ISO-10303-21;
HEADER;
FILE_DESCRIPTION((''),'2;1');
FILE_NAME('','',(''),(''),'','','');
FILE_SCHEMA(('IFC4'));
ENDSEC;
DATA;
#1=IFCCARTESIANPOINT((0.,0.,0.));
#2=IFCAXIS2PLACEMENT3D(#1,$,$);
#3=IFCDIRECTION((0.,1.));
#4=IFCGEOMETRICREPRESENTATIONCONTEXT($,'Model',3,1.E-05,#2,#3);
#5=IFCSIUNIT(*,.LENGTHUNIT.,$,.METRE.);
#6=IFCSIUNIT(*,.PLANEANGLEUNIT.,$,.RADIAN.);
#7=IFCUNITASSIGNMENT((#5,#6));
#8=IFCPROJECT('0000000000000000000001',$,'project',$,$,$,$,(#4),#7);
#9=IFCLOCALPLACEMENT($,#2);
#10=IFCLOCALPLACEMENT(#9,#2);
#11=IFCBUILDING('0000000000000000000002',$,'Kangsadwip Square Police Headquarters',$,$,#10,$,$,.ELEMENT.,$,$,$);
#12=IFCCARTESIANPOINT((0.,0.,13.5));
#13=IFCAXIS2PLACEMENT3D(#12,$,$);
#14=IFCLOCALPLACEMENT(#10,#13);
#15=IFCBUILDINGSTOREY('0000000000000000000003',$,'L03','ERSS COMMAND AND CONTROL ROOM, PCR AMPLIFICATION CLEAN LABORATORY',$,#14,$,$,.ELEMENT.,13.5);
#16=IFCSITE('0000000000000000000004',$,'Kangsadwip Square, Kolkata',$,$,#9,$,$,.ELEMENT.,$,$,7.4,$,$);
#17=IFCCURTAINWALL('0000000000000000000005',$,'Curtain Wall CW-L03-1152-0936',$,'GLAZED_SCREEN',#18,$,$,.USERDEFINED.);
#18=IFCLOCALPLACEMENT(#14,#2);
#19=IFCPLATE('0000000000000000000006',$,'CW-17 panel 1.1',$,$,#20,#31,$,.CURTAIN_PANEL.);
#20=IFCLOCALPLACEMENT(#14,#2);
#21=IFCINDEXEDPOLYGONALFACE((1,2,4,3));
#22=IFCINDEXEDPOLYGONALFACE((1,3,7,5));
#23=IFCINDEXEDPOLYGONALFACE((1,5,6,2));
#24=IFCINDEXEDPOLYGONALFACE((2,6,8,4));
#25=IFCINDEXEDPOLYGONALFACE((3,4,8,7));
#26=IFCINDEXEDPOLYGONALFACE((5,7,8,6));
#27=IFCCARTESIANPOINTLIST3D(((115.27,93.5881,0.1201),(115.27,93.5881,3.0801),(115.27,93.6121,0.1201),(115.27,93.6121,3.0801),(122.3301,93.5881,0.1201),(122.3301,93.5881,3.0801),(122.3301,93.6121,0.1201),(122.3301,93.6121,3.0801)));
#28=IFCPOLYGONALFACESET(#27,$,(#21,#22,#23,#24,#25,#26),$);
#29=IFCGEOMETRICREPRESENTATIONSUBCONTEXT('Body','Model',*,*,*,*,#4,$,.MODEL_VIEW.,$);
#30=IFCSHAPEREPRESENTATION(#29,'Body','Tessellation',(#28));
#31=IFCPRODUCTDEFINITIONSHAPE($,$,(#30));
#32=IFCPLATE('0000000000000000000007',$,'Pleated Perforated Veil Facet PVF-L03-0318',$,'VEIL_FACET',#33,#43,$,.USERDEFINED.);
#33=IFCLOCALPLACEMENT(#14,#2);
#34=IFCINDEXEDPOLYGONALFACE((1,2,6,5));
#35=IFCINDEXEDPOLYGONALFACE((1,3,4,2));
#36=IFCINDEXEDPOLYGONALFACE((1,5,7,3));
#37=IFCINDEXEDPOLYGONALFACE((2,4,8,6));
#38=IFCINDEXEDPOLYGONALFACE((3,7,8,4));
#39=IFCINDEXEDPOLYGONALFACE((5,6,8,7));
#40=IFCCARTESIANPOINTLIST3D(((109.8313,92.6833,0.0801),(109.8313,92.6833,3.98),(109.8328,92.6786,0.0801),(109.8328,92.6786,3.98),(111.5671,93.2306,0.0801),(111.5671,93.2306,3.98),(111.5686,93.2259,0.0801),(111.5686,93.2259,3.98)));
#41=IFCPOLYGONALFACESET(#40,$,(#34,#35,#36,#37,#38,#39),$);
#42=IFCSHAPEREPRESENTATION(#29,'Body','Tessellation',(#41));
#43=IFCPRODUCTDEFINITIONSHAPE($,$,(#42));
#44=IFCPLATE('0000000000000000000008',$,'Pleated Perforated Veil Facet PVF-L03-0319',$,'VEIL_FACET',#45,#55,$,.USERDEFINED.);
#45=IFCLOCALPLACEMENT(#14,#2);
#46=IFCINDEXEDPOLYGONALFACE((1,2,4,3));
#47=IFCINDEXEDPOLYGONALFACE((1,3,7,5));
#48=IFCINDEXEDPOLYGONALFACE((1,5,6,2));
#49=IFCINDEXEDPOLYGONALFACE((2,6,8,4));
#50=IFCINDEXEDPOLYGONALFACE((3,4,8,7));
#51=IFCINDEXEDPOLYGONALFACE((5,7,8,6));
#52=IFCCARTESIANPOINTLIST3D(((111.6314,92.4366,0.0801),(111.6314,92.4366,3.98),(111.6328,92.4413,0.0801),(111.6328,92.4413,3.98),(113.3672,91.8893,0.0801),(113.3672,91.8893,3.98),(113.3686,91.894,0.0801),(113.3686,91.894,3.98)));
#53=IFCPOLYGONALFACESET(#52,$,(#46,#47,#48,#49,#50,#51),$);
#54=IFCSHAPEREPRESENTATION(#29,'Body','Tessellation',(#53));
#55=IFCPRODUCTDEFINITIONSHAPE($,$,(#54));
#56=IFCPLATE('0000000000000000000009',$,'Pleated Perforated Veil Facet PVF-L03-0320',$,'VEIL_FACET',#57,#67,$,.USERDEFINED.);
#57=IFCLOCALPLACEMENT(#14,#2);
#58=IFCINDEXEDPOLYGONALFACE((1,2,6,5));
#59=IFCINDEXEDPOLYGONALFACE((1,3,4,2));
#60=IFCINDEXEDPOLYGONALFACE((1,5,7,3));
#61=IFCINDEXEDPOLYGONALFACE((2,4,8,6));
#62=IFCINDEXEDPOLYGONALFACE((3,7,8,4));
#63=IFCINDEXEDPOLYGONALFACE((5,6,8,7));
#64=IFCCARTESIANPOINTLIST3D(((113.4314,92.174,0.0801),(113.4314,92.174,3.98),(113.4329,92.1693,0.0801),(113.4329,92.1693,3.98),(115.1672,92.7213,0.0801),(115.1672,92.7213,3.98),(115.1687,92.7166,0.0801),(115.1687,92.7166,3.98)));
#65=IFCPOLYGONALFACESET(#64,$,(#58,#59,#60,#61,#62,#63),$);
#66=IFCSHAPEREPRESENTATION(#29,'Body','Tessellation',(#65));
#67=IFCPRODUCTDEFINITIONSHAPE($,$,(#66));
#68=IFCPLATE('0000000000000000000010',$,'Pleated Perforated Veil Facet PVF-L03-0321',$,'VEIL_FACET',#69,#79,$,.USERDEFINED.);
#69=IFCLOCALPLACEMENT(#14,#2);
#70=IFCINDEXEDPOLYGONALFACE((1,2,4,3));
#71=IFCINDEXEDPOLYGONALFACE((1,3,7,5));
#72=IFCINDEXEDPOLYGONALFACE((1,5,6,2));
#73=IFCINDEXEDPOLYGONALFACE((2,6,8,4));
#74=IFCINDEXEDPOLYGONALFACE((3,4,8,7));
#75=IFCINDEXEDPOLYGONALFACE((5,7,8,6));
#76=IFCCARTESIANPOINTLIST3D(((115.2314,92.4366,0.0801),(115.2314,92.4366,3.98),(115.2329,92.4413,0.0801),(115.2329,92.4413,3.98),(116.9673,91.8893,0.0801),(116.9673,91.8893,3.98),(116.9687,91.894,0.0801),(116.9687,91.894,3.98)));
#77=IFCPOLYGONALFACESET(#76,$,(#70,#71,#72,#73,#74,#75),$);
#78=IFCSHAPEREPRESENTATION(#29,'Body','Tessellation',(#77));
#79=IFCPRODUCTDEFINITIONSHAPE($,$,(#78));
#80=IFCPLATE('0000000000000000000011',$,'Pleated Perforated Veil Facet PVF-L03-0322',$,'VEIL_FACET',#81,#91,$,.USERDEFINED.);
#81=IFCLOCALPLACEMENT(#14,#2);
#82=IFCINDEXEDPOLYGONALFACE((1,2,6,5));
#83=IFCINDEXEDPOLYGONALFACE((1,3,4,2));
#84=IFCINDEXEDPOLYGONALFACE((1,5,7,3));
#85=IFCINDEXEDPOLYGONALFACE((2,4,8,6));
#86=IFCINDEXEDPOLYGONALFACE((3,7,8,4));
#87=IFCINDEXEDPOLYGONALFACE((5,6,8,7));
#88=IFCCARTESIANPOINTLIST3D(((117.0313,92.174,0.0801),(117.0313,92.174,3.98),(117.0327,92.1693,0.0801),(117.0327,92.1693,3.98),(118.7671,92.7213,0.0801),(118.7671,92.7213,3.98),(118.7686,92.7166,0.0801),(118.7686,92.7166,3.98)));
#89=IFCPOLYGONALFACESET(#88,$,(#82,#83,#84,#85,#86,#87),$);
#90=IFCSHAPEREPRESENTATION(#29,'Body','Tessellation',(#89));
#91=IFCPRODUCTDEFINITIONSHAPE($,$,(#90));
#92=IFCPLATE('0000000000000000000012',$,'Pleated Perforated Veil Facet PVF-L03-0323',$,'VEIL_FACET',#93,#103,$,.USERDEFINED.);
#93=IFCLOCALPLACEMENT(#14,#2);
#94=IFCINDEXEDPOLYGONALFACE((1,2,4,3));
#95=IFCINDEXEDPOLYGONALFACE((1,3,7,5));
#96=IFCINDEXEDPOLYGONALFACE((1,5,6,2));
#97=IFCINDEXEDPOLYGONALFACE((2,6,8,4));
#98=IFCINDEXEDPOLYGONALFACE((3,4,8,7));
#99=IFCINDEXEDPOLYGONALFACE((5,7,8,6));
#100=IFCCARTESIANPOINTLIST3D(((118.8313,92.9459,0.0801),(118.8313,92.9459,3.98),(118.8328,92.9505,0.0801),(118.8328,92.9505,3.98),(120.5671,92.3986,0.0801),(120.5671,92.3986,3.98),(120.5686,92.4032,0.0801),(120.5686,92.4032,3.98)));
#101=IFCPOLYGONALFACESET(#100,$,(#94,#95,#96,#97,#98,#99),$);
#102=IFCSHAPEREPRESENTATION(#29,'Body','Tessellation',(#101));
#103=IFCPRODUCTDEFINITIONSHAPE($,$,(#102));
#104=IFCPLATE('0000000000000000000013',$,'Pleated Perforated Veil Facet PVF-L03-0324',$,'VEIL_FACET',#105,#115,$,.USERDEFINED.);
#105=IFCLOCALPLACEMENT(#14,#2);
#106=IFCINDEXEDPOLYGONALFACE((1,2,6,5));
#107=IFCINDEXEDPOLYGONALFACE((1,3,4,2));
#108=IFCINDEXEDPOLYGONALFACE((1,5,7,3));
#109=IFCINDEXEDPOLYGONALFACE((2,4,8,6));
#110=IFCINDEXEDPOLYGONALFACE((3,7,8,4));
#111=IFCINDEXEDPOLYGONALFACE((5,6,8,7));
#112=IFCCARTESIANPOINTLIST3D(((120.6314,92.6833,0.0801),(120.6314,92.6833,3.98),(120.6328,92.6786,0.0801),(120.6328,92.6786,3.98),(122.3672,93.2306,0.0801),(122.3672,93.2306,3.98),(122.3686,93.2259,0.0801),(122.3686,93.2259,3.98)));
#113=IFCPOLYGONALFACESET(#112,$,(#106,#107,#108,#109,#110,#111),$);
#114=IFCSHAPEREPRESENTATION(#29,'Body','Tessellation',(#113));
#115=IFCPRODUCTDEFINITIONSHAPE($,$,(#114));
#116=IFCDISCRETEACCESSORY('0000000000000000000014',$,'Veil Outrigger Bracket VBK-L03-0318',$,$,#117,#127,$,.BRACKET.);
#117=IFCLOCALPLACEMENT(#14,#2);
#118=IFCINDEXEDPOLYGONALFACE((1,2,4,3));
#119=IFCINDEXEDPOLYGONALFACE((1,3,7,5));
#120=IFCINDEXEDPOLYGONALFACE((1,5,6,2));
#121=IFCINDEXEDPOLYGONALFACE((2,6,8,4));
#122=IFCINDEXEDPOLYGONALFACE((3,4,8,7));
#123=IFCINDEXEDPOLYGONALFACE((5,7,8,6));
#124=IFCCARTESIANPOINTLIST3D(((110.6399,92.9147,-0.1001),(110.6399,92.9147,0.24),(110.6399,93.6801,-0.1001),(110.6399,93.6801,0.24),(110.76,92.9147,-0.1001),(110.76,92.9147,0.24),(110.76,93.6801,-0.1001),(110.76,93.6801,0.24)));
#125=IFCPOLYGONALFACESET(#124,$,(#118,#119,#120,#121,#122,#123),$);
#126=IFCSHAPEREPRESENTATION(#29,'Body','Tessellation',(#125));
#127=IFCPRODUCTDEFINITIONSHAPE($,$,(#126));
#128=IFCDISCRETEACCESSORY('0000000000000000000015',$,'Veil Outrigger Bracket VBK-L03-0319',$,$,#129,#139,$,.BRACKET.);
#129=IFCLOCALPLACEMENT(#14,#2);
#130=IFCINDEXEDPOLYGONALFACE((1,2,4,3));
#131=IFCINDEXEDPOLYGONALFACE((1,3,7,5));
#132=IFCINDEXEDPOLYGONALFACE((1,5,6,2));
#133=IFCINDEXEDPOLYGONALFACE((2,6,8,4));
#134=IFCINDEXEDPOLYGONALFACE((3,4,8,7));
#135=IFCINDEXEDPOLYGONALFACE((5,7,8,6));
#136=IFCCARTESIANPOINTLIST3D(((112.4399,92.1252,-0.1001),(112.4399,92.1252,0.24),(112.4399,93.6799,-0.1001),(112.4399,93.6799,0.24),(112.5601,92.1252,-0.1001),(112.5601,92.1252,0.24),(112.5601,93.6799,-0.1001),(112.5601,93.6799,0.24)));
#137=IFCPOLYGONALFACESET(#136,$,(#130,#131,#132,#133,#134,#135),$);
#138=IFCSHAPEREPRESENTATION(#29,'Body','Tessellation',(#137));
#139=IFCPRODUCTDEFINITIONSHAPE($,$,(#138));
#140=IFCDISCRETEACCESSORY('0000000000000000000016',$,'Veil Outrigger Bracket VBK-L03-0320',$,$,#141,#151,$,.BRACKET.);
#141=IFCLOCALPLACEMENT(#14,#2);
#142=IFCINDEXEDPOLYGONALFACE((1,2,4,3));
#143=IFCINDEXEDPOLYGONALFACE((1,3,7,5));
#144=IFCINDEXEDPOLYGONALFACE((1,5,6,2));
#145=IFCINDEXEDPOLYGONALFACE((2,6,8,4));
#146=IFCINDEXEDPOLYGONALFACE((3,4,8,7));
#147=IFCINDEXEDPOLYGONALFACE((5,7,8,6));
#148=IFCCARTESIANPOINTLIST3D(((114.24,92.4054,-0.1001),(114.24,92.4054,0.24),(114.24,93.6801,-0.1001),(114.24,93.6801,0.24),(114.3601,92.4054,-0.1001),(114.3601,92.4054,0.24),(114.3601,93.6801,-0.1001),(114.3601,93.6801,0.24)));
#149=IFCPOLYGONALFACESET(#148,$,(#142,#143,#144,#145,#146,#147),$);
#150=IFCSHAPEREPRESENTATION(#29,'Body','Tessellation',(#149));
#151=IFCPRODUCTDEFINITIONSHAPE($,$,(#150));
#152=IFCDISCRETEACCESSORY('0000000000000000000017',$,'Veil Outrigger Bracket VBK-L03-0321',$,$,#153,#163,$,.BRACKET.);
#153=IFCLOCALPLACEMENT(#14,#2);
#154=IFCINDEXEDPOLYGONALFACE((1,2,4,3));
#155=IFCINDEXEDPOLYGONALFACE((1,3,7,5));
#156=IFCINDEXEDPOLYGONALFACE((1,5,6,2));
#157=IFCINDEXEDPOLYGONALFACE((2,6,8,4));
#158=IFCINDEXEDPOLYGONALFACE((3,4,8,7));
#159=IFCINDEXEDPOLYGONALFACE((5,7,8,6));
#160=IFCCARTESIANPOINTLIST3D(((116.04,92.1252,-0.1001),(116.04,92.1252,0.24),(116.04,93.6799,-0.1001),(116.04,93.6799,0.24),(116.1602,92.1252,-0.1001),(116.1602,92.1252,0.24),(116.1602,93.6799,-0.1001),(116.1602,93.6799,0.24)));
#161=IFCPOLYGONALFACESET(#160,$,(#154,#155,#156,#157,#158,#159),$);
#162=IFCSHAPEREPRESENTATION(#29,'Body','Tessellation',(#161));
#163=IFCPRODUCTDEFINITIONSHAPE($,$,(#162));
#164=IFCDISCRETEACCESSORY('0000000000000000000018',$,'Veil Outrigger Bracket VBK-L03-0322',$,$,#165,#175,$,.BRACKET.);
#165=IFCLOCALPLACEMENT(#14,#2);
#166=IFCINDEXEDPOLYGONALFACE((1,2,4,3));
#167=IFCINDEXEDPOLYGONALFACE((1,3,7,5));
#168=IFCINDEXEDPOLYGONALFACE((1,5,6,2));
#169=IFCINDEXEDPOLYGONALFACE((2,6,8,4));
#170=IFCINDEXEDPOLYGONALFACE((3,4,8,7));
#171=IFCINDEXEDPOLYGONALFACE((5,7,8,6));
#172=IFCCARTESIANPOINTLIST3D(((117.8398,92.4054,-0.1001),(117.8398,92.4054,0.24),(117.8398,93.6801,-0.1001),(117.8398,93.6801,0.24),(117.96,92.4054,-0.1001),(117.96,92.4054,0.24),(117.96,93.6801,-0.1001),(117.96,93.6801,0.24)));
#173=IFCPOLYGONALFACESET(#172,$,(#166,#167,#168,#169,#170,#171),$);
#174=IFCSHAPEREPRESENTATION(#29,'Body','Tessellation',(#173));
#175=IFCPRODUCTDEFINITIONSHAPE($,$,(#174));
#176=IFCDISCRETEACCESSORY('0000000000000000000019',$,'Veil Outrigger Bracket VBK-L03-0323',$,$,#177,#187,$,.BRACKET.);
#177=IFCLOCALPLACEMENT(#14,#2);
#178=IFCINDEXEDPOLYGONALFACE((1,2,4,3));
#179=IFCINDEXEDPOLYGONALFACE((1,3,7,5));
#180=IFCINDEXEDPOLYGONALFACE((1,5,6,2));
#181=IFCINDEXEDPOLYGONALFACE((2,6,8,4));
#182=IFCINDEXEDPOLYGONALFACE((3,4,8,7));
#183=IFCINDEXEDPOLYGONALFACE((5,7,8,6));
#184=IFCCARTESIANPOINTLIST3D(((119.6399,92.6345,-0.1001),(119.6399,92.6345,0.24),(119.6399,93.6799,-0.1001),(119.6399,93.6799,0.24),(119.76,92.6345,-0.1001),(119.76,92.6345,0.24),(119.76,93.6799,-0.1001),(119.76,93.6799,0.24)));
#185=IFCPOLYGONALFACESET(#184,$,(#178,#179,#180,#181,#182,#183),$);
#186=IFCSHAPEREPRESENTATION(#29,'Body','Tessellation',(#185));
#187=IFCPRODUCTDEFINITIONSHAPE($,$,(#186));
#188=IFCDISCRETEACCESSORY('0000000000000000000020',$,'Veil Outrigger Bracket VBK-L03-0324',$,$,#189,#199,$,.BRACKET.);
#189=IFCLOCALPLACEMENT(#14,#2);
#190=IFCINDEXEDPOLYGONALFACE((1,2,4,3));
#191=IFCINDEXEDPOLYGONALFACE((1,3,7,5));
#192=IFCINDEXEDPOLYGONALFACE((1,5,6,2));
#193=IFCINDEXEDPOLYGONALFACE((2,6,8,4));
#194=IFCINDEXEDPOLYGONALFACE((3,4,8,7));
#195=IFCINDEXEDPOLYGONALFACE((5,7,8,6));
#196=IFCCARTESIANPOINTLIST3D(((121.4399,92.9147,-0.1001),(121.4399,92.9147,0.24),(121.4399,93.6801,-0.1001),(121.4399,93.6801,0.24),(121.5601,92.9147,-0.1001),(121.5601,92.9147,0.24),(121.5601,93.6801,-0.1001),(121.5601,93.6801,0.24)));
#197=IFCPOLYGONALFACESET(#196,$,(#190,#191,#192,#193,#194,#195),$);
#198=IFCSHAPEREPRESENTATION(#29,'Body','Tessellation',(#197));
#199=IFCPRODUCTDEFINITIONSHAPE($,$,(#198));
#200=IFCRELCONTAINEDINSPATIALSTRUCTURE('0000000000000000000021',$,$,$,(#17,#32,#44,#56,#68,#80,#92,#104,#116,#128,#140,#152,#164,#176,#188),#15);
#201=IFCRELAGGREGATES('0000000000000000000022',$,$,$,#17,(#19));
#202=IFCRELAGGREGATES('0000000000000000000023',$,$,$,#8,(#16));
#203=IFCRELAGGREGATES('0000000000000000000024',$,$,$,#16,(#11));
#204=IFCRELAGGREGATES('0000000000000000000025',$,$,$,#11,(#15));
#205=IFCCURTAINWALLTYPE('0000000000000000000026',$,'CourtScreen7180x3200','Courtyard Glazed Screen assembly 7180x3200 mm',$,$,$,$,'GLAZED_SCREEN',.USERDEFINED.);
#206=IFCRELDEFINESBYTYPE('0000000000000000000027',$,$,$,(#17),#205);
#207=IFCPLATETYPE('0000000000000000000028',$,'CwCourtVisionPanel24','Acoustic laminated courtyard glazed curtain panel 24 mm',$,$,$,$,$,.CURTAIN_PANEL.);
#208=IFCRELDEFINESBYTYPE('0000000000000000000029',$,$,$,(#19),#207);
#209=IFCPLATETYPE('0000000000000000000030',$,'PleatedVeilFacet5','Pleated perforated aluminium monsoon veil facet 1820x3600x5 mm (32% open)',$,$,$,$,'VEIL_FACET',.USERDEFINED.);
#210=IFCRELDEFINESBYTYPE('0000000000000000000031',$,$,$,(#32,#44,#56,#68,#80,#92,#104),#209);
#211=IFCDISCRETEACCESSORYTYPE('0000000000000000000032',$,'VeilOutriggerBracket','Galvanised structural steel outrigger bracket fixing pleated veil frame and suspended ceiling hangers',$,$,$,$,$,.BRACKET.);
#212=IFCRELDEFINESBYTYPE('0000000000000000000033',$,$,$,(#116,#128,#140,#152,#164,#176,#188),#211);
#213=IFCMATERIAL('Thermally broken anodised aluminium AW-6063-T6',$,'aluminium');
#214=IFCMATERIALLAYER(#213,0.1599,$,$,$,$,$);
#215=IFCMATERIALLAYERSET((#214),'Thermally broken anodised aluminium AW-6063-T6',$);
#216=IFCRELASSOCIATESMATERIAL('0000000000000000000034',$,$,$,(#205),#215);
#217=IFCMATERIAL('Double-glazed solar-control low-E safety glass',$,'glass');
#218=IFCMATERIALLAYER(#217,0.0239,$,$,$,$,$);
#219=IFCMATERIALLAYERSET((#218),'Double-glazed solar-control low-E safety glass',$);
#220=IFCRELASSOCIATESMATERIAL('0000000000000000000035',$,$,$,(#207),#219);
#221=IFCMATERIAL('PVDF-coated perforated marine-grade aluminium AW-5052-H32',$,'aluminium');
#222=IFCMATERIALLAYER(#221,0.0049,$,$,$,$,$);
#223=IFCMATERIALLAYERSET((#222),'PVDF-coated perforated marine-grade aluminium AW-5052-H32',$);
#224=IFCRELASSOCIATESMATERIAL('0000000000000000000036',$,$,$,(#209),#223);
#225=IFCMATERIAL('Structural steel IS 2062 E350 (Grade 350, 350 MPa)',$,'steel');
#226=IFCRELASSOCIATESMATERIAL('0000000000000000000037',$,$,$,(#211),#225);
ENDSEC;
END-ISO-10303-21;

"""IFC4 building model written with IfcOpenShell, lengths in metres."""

from ifc_helpers import new_model, si_unit, direction, frame, origin, origin_2d, place, context, subcontext, project, spatial, rectangle, extrude, material, layer, layer_set, type_object, element, aggregate, save


model = new_model("IFC4")

# Units and contexts
model_context = context("Model", 3, precision=1e-05, world=origin(), true_north=direction((0.0, 1.0)))
body_context = subcontext(model_context, "Body", "Model", "MODEL_VIEW")
ifc_project = project(units=[si_unit("LENGTHUNIT", "METRE"), si_unit("PLANEANGLEUNIT", "RADIAN")], contexts=[model_context])

# Site, building, storey
site_placement = place(None, origin())
site = spatial("IfcSite", under=ifc_project, at=site_placement, Name="Kangsadwip Square, Kolkata", CompositionType="ELEMENT", RefElevation=7.4)
building_placement = place(site_placement, origin())
building = spatial("IfcBuilding", under=site, at=building_placement, Name="Kangsadwip Square Police Headquarters", CompositionType="ELEMENT")
storey_placement = place(building_placement, frame((0.0, 0.0, 13.5)))
storey = spatial("IfcBuildingStorey", under=building, at=storey_placement, Name="L03", Description="ERSS COMMAND AND CONTROL ROOM, PCR AMPLIFICATION CLEAN LABORATORY", CompositionType="ELEMENT", Elevation=13.5)

# Shared definitions
ifc_material_1 = material(Name="Thermally broken anodised aluminium AW-6063-T6", Category="aluminium")
ifc_layer_1 = layer(ifc_material_1, 0.1599)
ifc_layer_set_1 = layer_set([ifc_layer_1], Name="Thermally broken anodised aluminium AW-6063-T6")
curtain_wall_type = type_object("IfcCurtainWallType", Name="CourtScreen7180x3200", Description="Courtyard Glazed Screen assembly 7180x3200 mm", ElementType="GLAZED_SCREEN", PredefinedType="USERDEFINED", material=ifc_layer_set_1)

# Curtain wall
curtain_wall_1_placement = place(storey_placement, origin())
curtain_wall_1 = element("IfcCurtainWall", 1, at=curtain_wall_1_placement, inside=storey, type_object=curtain_wall_type, Name="Curtain Wall CW-L03-1152-0936", ObjectType="GLAZED_SCREEN", PredefinedType="USERDEFINED")

# Plate
ifc_material_2 = material(Name="Double-glazed solar-control low-E safety glass", Category="glass")
ifc_layer_2 = layer(ifc_material_2, 0.0239)
ifc_layer_set_2 = layer_set([ifc_layer_2], Name="Double-glazed solar-control low-E safety glass")
plate_type_1 = type_object("IfcPlateType", Name="CwCourtVisionPanel24", Description="Acoustic laminated courtyard glazed curtain panel 24 mm", PredefinedType="CURTAIN_PANEL", material=ifc_layer_set_2)
plate_1_placement = place(storey_placement, frame((118.8, 93.6001, 0.1201), z_axis=(0.0, 0.0, 1.0), x_axis=(1.0, 0.0, 0.0)))
plate_1 = element("IfcPlate", 2, at=plate_1_placement, type_object=plate_type_1, Name="CW-17 panel 1.1", PredefinedType="CURTAIN_PANEL", context=body_context, shape_type="SweptSolid", body=[
    extrude(rectangle(XDim=7.0601, YDim=0.0239, at=origin_2d()), origin(), (0.0, 0.0, 1.0), 2.96),
])
aggregate(curtain_wall_1, [plate_1])

# Plates
ifc_material_3 = material(Name="PVDF-coated perforated marine-grade aluminium AW-5052-H32", Category="aluminium")
ifc_layer_3 = layer(ifc_material_3, 0.0049)
ifc_layer_set_3 = layer_set([ifc_layer_3], Name="PVDF-coated perforated marine-grade aluminium AW-5052-H32")
plate_type_2 = type_object("IfcPlateType", Name="PleatedVeilFacet5", Description="Pleated perforated aluminium monsoon veil facet 1820x3600x5 mm (32% open)", ElementType="VEIL_FACET", PredefinedType="USERDEFINED", material=ifc_layer_set_3)
for number, where, z_axis, x_axis, name in (
    (3, (110.7, 92.9546, 0.0801), (0.0, 0.0, 1.0), (0.953717, 0.300706, 0.0), "Pleated Perforated Veil Facet PVF-L03-0318"),
    (4, (112.5, 92.1653, 0.0801), (0.0, 0.0, 1.0), (0.953717, -0.300706, 0.0), "Pleated Perforated Veil Facet PVF-L03-0319"),
    (5, (114.3, 92.4453, 0.0801), (0.0, 0.0, 1.0), (0.953717, 0.300706, 0.0), "Pleated Perforated Veil Facet PVF-L03-0320"),
    (6, (116.1001, 92.1653, 0.0801), (0.0, 0.0, 1.0), (0.953717, -0.300706, 0.0), "Pleated Perforated Veil Facet PVF-L03-0321"),
    (7, (117.8999, 92.4453, 0.0801), (0.0, 0.0, 1.0), (0.953717, 0.300706, 0.0), "Pleated Perforated Veil Facet PVF-L03-0322"),
    (8, (119.7, 92.6746, 0.0801), (0.0, 0.0, 1.0), (0.953717, -0.300706, 0.0), "Pleated Perforated Veil Facet PVF-L03-0323"),
    (9, (121.5, 92.9546, 0.0801), (0.0, 0.0, 1.0), (0.953717, 0.300706, 0.0), "Pleated Perforated Veil Facet PVF-L03-0324"),
):
    element("IfcPlate", number, at=place(storey_placement, frame(where, z_axis=z_axis, x_axis=x_axis)), inside=storey, type_object=plate_type_2, Name=name, ObjectType="VEIL_FACET", PredefinedType="USERDEFINED", context=body_context, shape_type="SweptSolid", body=[
        extrude(rectangle(XDim=1.8201, YDim=0.0049, at=origin_2d()), origin(), (0.0, 0.0, 1.0), 3.8999),
    ])

# Discrete accessories
ifc_material_4 = material(Name="Structural steel IS 2062 E350 (Grade 350, 350 MPa)", Category="steel")
discrete_accessory_type = type_object("IfcDiscreteAccessoryType", Name="VeilOutriggerBracket", Description="Galvanised structural steel outrigger bracket fixing pleated veil frame and suspended ceiling hangers", PredefinedType="BRACKET", material=ifc_material_4)
discrete_accessory_1_placement = place(storey_placement, frame((110.7, 93.2974, -0.1001), z_axis=(0.0, 0.0, 1.0), x_axis=(1.0, 0.0, 0.0)))
element("IfcDiscreteAccessory", 10, at=discrete_accessory_1_placement, inside=storey, type_object=discrete_accessory_type, Name="Veil Outrigger Bracket VBK-L03-0318", PredefinedType="BRACKET", context=body_context, shape_type="SweptSolid", body=[
    extrude(rectangle(XDim=0.1201, YDim=0.7654, at=origin_2d()), origin(), (0.0, 0.0, 1.0), 0.3401),
])
discrete_accessory_2_placement = place(storey_placement, frame((112.5, 92.9026, -0.1001), z_axis=(0.0, 0.0, 1.0), x_axis=(1.0, 0.0, 0.0)))
element("IfcDiscreteAccessory", 11, at=discrete_accessory_2_placement, inside=storey, type_object=discrete_accessory_type, Name="Veil Outrigger Bracket VBK-L03-0319", PredefinedType="BRACKET", context=body_context, shape_type="SweptSolid", body=[
    extrude(rectangle(XDim=0.1201, YDim=1.5547, at=origin_2d()), origin(), (0.0, 0.0, 1.0), 0.3401),
])
discrete_accessory_3_placement = place(storey_placement, frame((114.3, 93.0427, -0.1001), z_axis=(0.0, 0.0, 1.0), x_axis=(1.0, 0.0, 0.0)))
element("IfcDiscreteAccessory", 12, at=discrete_accessory_3_placement, inside=storey, type_object=discrete_accessory_type, Name="Veil Outrigger Bracket VBK-L03-0320", PredefinedType="BRACKET", context=body_context, shape_type="SweptSolid", body=[
    extrude(rectangle(XDim=0.1201, YDim=1.2747, at=origin_2d()), origin(), (0.0, 0.0, 1.0), 0.3401),
])
discrete_accessory_4_placement = place(storey_placement, frame((116.1001, 92.9026, -0.1001), z_axis=(0.0, 0.0, 1.0), x_axis=(1.0, 0.0, 0.0)))
element("IfcDiscreteAccessory", 13, at=discrete_accessory_4_placement, inside=storey, type_object=discrete_accessory_type, Name="Veil Outrigger Bracket VBK-L03-0321", PredefinedType="BRACKET", context=body_context, shape_type="SweptSolid", body=[
    extrude(rectangle(XDim=0.1201, YDim=1.5547, at=origin_2d()), origin(), (0.0, 0.0, 1.0), 0.3401),
])
discrete_accessory_5_placement = place(storey_placement, frame((117.8999, 93.0427, -0.1001), z_axis=(0.0, 0.0, 1.0), x_axis=(1.0, 0.0, 0.0)))
element("IfcDiscreteAccessory", 14, at=discrete_accessory_5_placement, inside=storey, type_object=discrete_accessory_type, Name="Veil Outrigger Bracket VBK-L03-0322", PredefinedType="BRACKET", context=body_context, shape_type="SweptSolid", body=[
    extrude(rectangle(XDim=0.1201, YDim=1.2747, at=origin_2d()), origin(), (0.0, 0.0, 1.0), 0.3401),
])
discrete_accessory_6_placement = place(storey_placement, frame((119.7, 93.1572, -0.1001), z_axis=(0.0, 0.0, 1.0), x_axis=(1.0, 0.0, 0.0)))
element("IfcDiscreteAccessory", 15, at=discrete_accessory_6_placement, inside=storey, type_object=discrete_accessory_type, Name="Veil Outrigger Bracket VBK-L03-0323", PredefinedType="BRACKET", context=body_context, shape_type="SweptSolid", body=[
    extrude(rectangle(XDim=0.1201, YDim=1.0454, at=origin_2d()), origin(), (0.0, 0.0, 1.0), 0.3401),
])
discrete_accessory_7_placement = place(storey_placement, frame((121.5, 93.2974, -0.1001), z_axis=(0.0, 0.0, 1.0), x_axis=(1.0, 0.0, 0.0)))
element("IfcDiscreteAccessory", 16, at=discrete_accessory_7_placement, inside=storey, type_object=discrete_accessory_type, Name="Veil Outrigger Bracket VBK-L03-0324", PredefinedType="BRACKET", context=body_context, shape_type="SweptSolid", body=[
    extrude(rectangle(XDim=0.1201, YDim=0.7654, at=origin_2d()), origin(), (0.0, 0.0, 1.0), 0.3401),
])

save(model, "model.ifc")
